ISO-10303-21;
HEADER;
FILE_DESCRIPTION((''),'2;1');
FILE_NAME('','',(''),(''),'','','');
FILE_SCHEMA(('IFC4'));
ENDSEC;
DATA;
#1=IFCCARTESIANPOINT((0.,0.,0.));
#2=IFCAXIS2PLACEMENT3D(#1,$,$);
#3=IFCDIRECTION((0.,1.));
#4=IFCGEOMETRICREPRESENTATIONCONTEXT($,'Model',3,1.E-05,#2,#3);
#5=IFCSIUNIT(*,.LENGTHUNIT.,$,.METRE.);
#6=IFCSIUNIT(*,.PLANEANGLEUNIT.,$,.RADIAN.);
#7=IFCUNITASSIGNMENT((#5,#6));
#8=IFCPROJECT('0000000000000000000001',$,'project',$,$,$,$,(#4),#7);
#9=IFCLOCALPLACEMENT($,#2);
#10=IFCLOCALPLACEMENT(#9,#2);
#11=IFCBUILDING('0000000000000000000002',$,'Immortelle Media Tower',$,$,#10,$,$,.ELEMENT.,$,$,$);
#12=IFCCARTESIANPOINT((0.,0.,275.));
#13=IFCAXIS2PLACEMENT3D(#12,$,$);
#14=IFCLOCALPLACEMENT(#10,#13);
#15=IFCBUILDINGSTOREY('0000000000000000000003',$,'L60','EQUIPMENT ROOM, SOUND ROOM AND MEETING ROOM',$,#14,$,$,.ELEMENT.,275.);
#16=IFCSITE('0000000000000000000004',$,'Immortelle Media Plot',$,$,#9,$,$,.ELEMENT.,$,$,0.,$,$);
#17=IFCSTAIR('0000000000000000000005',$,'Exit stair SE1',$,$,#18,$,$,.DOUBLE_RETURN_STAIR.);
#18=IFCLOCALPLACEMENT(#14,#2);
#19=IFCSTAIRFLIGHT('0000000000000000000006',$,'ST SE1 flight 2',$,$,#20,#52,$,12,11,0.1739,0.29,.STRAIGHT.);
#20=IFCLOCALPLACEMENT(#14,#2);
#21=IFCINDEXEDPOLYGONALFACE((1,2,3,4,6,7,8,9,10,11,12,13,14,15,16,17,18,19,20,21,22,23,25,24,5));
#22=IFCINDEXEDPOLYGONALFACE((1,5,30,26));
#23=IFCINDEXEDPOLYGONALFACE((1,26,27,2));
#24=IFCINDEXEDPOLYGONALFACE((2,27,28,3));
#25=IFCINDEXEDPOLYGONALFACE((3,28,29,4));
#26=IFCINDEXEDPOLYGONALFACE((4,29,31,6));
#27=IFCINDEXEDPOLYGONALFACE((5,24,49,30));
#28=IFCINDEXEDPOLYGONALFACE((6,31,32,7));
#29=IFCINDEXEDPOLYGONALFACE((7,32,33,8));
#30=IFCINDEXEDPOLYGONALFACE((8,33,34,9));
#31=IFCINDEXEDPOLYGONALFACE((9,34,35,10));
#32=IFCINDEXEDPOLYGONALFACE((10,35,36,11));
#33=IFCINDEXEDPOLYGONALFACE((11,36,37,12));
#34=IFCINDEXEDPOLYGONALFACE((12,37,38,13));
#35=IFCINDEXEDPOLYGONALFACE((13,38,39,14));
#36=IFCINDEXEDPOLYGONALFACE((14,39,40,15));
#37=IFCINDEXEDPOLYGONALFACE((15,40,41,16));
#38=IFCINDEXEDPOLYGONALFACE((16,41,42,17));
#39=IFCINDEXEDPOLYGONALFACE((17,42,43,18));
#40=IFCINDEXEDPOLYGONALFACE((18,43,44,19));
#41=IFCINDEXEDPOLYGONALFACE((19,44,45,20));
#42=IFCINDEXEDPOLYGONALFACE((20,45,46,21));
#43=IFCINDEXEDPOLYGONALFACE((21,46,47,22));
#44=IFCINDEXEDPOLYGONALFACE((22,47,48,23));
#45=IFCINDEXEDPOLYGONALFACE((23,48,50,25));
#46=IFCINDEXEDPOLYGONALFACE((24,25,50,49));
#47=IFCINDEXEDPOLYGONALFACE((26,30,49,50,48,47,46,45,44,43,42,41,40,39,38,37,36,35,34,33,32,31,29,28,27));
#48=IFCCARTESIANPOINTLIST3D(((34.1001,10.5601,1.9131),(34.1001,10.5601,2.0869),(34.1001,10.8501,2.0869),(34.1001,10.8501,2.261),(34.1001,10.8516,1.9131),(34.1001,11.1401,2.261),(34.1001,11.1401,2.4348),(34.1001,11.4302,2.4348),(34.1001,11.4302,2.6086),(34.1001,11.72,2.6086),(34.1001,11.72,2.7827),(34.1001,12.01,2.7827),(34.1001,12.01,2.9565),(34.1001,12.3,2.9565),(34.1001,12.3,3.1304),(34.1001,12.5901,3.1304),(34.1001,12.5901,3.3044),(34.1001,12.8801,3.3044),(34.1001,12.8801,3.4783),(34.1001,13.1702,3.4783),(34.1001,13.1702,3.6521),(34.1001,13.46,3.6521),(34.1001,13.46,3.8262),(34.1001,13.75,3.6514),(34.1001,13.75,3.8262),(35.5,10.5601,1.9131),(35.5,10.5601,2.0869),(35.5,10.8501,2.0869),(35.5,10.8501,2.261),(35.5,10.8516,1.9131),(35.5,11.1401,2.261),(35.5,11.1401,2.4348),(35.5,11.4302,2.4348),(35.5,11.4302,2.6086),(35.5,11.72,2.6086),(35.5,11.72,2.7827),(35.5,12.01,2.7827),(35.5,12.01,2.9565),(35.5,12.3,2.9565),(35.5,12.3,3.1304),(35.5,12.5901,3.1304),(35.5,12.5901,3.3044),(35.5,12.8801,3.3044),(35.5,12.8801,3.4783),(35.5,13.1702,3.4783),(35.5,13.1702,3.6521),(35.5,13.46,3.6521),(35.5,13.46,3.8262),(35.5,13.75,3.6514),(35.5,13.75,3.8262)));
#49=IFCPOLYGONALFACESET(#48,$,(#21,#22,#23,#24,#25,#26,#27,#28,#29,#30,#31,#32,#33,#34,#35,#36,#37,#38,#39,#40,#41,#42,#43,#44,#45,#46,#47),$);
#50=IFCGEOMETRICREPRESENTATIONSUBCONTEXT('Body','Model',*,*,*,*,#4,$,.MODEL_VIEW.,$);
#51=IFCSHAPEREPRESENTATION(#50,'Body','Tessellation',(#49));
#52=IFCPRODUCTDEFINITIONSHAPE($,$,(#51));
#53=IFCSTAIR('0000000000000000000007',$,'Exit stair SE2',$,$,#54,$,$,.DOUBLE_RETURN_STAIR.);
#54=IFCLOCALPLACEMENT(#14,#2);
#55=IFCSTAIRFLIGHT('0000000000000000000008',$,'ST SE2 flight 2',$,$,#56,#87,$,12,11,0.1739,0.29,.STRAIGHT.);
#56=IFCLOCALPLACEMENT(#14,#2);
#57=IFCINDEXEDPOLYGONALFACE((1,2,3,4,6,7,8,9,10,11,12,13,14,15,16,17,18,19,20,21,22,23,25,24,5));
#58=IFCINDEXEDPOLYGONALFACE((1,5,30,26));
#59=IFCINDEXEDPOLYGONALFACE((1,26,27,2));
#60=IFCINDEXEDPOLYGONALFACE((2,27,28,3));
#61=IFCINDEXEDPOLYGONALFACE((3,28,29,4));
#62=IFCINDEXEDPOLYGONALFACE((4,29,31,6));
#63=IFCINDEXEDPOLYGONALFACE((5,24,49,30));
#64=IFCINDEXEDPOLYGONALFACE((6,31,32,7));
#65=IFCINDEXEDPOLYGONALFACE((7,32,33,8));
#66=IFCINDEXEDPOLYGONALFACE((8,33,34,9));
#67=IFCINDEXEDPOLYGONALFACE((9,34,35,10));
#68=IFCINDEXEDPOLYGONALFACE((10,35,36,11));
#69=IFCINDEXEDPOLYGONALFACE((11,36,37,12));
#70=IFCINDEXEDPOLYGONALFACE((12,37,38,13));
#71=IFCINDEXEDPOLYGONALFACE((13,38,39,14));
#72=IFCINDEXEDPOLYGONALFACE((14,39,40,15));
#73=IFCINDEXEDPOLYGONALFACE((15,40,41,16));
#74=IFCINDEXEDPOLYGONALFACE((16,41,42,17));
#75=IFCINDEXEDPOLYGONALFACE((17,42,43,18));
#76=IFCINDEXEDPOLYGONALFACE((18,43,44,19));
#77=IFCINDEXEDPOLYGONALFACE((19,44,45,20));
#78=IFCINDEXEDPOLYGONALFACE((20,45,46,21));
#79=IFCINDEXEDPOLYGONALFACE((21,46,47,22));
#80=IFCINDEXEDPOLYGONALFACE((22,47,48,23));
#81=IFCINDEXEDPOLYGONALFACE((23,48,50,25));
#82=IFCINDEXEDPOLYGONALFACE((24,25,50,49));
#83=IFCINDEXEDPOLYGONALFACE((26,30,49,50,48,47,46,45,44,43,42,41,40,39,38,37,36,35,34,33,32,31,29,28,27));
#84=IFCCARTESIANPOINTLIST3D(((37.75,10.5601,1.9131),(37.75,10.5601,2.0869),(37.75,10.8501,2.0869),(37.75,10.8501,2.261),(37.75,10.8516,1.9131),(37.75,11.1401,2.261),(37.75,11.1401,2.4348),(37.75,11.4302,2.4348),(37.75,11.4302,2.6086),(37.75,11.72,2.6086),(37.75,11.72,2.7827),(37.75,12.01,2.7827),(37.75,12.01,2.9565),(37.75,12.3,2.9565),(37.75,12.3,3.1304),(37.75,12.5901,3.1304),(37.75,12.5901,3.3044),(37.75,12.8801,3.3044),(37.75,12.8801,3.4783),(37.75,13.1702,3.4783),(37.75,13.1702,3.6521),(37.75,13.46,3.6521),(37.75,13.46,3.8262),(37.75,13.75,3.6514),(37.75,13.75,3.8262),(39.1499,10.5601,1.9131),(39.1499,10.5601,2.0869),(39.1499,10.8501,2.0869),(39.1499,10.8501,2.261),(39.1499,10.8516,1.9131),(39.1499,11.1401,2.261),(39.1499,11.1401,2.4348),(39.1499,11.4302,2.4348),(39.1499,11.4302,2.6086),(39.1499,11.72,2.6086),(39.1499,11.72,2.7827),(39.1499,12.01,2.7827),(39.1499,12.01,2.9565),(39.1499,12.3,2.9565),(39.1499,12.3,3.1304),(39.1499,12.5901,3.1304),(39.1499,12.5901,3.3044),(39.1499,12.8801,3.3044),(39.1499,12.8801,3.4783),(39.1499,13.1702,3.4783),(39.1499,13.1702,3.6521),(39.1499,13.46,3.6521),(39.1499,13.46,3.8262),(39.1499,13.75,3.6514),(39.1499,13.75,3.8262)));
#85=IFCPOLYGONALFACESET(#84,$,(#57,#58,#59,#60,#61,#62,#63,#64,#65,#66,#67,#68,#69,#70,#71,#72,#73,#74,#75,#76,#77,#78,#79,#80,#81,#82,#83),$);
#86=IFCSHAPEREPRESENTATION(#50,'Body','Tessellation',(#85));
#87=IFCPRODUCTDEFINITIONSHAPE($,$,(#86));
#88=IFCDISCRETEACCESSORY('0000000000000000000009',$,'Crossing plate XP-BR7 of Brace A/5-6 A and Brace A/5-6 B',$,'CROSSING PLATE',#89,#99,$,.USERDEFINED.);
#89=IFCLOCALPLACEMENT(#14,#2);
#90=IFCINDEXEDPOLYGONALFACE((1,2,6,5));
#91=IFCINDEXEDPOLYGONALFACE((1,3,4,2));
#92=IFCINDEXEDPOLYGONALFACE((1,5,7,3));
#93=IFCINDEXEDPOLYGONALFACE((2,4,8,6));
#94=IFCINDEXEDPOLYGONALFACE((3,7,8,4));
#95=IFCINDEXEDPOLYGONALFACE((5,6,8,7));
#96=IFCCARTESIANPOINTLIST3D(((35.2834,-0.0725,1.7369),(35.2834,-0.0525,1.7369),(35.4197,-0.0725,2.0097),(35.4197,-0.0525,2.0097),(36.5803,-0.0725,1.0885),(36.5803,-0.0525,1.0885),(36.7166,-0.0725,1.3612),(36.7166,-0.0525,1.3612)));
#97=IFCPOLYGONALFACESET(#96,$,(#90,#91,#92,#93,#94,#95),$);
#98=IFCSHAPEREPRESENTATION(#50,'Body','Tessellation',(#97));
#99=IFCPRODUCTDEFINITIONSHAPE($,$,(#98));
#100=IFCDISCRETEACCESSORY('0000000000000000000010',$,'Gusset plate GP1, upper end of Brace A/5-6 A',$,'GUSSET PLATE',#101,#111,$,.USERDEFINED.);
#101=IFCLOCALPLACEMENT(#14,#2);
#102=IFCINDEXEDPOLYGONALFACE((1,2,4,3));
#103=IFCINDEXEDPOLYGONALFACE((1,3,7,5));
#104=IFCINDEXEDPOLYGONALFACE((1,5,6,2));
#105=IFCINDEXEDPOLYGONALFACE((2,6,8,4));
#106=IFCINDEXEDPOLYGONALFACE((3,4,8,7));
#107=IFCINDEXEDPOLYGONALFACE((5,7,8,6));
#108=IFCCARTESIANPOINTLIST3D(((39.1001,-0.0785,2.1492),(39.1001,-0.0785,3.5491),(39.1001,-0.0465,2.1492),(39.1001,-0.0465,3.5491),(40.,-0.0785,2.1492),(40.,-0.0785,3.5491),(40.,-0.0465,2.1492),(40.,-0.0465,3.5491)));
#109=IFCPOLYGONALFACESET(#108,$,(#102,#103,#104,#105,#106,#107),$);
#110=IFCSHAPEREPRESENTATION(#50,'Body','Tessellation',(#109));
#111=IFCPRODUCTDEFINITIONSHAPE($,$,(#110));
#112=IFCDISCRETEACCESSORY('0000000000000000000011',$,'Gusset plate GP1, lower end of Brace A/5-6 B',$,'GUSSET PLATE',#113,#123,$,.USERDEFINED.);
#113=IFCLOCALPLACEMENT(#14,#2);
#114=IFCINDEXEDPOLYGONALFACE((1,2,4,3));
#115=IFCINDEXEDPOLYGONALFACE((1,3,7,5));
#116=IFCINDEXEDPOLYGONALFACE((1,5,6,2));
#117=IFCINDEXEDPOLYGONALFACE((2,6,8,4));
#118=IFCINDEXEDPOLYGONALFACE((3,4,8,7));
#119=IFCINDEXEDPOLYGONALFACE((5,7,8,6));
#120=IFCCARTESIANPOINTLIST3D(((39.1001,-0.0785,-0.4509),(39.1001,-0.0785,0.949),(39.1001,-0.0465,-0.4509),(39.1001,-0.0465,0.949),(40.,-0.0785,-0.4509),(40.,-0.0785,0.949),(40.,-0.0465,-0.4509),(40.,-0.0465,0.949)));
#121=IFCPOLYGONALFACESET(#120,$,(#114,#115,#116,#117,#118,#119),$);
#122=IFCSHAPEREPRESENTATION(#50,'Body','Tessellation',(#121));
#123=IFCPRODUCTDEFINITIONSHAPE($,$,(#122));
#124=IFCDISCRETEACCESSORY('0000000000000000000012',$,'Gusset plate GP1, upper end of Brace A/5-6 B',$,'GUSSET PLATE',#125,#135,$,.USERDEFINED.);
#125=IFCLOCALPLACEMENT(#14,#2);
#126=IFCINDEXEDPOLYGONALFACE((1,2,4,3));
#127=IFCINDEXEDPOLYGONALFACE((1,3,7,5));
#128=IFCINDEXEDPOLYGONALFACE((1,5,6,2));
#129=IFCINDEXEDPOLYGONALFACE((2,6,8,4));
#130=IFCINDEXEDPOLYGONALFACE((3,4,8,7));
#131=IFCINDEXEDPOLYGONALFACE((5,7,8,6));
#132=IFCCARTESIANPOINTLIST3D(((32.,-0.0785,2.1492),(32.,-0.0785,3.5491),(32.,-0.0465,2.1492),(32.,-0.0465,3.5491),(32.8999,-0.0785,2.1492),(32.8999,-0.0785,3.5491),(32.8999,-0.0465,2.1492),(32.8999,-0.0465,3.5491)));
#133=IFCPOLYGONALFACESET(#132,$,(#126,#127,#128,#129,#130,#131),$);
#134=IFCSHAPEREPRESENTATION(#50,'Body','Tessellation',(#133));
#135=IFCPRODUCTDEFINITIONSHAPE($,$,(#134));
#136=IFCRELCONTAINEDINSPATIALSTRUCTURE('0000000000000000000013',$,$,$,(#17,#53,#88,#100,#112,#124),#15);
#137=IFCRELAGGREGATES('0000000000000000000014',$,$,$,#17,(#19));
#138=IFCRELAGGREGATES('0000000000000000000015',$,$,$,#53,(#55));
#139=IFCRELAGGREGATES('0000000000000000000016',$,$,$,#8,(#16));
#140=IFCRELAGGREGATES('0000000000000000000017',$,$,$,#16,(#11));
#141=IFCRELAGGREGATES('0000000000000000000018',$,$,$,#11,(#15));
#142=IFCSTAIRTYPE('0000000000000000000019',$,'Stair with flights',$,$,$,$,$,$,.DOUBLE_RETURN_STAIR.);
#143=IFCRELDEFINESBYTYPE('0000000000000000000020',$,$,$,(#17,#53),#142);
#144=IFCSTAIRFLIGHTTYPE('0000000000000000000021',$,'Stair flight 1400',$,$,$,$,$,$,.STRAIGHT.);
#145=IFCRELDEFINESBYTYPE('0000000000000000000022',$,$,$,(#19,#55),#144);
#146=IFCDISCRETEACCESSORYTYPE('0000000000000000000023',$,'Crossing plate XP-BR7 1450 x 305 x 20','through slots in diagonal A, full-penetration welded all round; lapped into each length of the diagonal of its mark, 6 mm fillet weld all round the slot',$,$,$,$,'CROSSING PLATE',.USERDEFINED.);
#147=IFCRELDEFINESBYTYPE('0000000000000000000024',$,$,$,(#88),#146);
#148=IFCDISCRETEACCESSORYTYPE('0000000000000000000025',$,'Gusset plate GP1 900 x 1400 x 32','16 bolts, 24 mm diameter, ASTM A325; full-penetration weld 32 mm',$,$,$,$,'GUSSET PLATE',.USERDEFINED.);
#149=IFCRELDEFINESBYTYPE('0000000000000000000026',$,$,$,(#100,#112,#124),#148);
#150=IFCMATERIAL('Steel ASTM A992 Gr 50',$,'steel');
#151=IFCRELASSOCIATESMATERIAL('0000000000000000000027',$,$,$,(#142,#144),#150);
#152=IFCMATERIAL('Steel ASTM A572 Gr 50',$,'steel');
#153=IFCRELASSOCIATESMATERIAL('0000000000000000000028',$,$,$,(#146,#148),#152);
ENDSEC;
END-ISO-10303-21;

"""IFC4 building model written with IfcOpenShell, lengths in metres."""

from ifc_helpers import new_model, si_unit, direction, frame, origin, origin_2d, place, context, subcontext, project, spatial, polyline, rectangle, outline, extrude, material, material_profile, profile_set, type_object, element, aggregate, save


model = new_model("IFC4")

# Units and contexts
model_context = context("Model", 3, precision=1e-05, world=origin(), true_north=direction((0.0, 1.0)))
body_context = subcontext(model_context, "Body", "Model", "MODEL_VIEW")
ifc_project = project(units=[si_unit("LENGTHUNIT", "METRE"), si_unit("PLANEANGLEUNIT", "RADIAN")], contexts=[model_context])

# Site, building, storey
site_placement = place(None, origin())
site = spatial("IfcSite", under=ifc_project, at=site_placement, Name="Immortelle Media Plot", CompositionType="ELEMENT", RefElevation=0.0)
building_placement = place(site_placement, origin())
building = spatial("IfcBuilding", under=site, at=building_placement, Name="Immortelle Media Tower", CompositionType="ELEMENT")
storey_placement = place(building_placement, frame((0.0, 0.0, 275.0)))
storey = spatial("IfcBuildingStorey", under=building, at=storey_placement, Name="L60", Description="EQUIPMENT ROOM, SOUND ROOM AND MEETING ROOM", CompositionType="ELEMENT", Elevation=275.0)

# Shared definitions
ifc_material_1 = material(Name="Steel ASTM A992 Gr 50", Category="steel")

# Stairs, stair flights
stair_type = type_object("IfcStairType", Name="Stair with flights", PredefinedType="DOUBLE_RETURN_STAIR", material=ifc_material_1)
stair_1_placement = place(storey_placement, origin())
stair_1 = element("IfcStair", 1, at=stair_1_placement, inside=storey, type_object=stair_type, Name="Exit stair SE1", PredefinedType="DOUBLE_RETURN_STAIR")
stair_flight_type = type_object("IfcStairFlightType", Name="Stair flight 1400", PredefinedType="STRAIGHT", material=ifc_material_1)
stair_flight_1_placement = place(storey_placement, frame((34.8, 10.5601, 1.9131), z_axis=(0.0, 0.0, 1.0), x_axis=(0.0, 1.0, 0.0)))
stair_flight_1 = element("IfcStairFlight", 2, at=stair_flight_1_placement, type_object=stair_flight_type, Name="ST SE1 flight 2", NumberOfRisers=12, NumberOfTreads=11, PredefinedType="STRAIGHT", RiserHeight=0.1739, TreadLength=0.29, context=body_context, shape_type="SweptSolid", body=[
    extrude(outline(polyline([(0.0, 0.0), (0.0, 0.1738), (0.29, 0.1738), (0.29, 0.3479), (0.5801, 0.3479), (0.5801, 0.5217), (0.8701, 0.5217), (0.8701, 0.6956), (1.1599, 0.6956), (1.1599, 0.8696), (1.45, 0.8696), (1.45, 1.0435), (1.74, 1.0435), (1.74, 1.2173), (2.03, 1.2173), (2.03, 1.3914), (2.3201, 1.3914), (2.3201, 1.5652), (2.6101, 1.5652), (2.6101, 1.739), (2.8999, 1.739), (2.8999, 1.9131), (3.1899, 1.9131), (3.1899, 2.0869), (3.1899, 1.7383), (0.2915, 0.0), (0.0, 0.0)])), frame((0.0, 0.7, 0.0), z_axis=(0.0, -1.0, 0.0), x_axis=(1.0, 0.0, 0.0)), (0.0, 0.0, 1.0), 1.3999),
])
aggregate(stair_1, [stair_flight_1])
stair_2_placement = place(storey_placement, origin())
stair_2 = element("IfcStair", 3, at=stair_2_placement, inside=storey, type_object=stair_type, Name="Exit stair SE2", PredefinedType="DOUBLE_RETURN_STAIR")
stair_flight_2_placement = place(storey_placement, frame((38.45, 10.5601, 1.9131), z_axis=(0.0, 0.0, 1.0), x_axis=(0.0, 1.0, 0.0)))
stair_flight_2 = element("IfcStairFlight", 4, at=stair_flight_2_placement, type_object=stair_flight_type, Name="ST SE2 flight 2", NumberOfRisers=12, NumberOfTreads=11, PredefinedType="STRAIGHT", RiserHeight=0.1739, TreadLength=0.29, context=body_context, shape_type="SweptSolid", body=[
    extrude(outline(polyline([(0.0, 0.0), (0.0, 0.1738), (0.29, 0.1738), (0.29, 0.3479), (0.5801, 0.3479), (0.5801, 0.5217), (0.8701, 0.5217), (0.8701, 0.6956), (1.1599, 0.6956), (1.1599, 0.8696), (1.45, 0.8696), (1.45, 1.0435), (1.74, 1.0435), (1.74, 1.2173), (2.03, 1.2173), (2.03, 1.3914), (2.3201, 1.3914), (2.3201, 1.5652), (2.6101, 1.5652), (2.6101, 1.739), (2.8999, 1.739), (2.8999, 1.9131), (3.1899, 1.9131), (3.1899, 2.0869), (3.1899, 1.7383), (0.2915, 0.0), (0.0, 0.0)])), frame((0.0, 0.7, 0.0), z_axis=(0.0, -1.0, 0.0), x_axis=(1.0, 0.0, 0.0)), (0.0, 0.0, 1.0), 1.3999),
])
aggregate(stair_2, [stair_flight_2])

# Discrete accessories
ifc_material_2 = material(Name="Steel ASTM A572 Gr 50", Category="steel")
ifc_material_profile_1 = material_profile(ifc_material_2, rectangle(XDim=0.02, YDim=0.3049, at=origin_2d()), Name="PL 20 x 305")
ifc_profile_set_1 = profile_set([ifc_material_profile_1], Name="Steel ASTM A572 Gr 50")
discrete_accessory_type_1 = type_object("IfcDiscreteAccessoryType", Name="Crossing plate XP-BR7 1450 x 305 x 20", Description="through slots in diagonal A, full-penetration welded all round; lapped into each length of the diagonal of its mark, 6 mm fillet weld all round the slot", ElementType="CROSSING PLATE", PredefinedType="USERDEFINED", material=ifc_profile_set_1)
discrete_accessory_placement = place(storey_placement, frame((35.3516, -0.0625, 1.8733), z_axis=(0.894427, 0.0, -0.447214), x_axis=(0.0, 1.0, 0.0)))
element("IfcDiscreteAccessory", 5, at=discrete_accessory_placement, inside=storey, type_object=discrete_accessory_type_1, Name="Crossing plate XP-BR7 of Brace A/5-6 A and Brace A/5-6 B", ObjectType="CROSSING PLATE", PredefinedType="USERDEFINED", context=body_context, shape_type="SweptSolid", body=[
    extrude(rectangle(XDim=0.02, YDim=0.3049, at=origin_2d()), origin(), (0.0, 0.0, 1.0), 1.45),
])
ifc_material_profile_2 = material_profile(ifc_material_2, rectangle(XDim=0.032, YDim=1.3999, at=origin_2d()), Name="PL 32 x 1400")
ifc_profile_set_2 = profile_set([ifc_material_profile_2], Name="Steel ASTM A572 Gr 50")
discrete_accessory_type_2 = type_object("IfcDiscreteAccessoryType", Name="Gusset plate GP1 900 x 1400 x 32", Description="16 bolts, 24 mm diameter, ASTM A325; full-penetration weld 32 mm", ElementType="GUSSET PLATE", PredefinedType="USERDEFINED", material=ifc_profile_set_2)
for number, where, z_axis, x_axis, name in (
    (6, (40.0, -0.0625, 2.8491), (-1.0, 0.0, 0.0), (0.0, -1.0, 0.0), "Gusset plate GP1, upper end of Brace A/5-6 A"),
    (7, (40.0, -0.0625, 0.249), (-1.0, 0.0, 0.0), (0.0, -1.0, 0.0), "Gusset plate GP1, lower end of Brace A/5-6 B"),
    (8, (32.0, -0.0625, 2.8491), (1.0, 0.0, 0.0), (0.0, 1.0, 0.0), "Gusset plate GP1, upper end of Brace A/5-6 B"),
):
    element("IfcDiscreteAccessory", number, at=place(storey_placement, frame(where, z_axis=z_axis, x_axis=x_axis)), inside=storey, type_object=discrete_accessory_type_2, Name=name, ObjectType="GUSSET PLATE", PredefinedType="USERDEFINED", context=body_context, shape_type="SweptSolid", body=[
        extrude(rectangle(XDim=0.032, YDim=1.3999, at=origin_2d()), origin(), (0.0, 0.0, 1.0), 0.8999),
    ])

save(model, "model.ifc")
